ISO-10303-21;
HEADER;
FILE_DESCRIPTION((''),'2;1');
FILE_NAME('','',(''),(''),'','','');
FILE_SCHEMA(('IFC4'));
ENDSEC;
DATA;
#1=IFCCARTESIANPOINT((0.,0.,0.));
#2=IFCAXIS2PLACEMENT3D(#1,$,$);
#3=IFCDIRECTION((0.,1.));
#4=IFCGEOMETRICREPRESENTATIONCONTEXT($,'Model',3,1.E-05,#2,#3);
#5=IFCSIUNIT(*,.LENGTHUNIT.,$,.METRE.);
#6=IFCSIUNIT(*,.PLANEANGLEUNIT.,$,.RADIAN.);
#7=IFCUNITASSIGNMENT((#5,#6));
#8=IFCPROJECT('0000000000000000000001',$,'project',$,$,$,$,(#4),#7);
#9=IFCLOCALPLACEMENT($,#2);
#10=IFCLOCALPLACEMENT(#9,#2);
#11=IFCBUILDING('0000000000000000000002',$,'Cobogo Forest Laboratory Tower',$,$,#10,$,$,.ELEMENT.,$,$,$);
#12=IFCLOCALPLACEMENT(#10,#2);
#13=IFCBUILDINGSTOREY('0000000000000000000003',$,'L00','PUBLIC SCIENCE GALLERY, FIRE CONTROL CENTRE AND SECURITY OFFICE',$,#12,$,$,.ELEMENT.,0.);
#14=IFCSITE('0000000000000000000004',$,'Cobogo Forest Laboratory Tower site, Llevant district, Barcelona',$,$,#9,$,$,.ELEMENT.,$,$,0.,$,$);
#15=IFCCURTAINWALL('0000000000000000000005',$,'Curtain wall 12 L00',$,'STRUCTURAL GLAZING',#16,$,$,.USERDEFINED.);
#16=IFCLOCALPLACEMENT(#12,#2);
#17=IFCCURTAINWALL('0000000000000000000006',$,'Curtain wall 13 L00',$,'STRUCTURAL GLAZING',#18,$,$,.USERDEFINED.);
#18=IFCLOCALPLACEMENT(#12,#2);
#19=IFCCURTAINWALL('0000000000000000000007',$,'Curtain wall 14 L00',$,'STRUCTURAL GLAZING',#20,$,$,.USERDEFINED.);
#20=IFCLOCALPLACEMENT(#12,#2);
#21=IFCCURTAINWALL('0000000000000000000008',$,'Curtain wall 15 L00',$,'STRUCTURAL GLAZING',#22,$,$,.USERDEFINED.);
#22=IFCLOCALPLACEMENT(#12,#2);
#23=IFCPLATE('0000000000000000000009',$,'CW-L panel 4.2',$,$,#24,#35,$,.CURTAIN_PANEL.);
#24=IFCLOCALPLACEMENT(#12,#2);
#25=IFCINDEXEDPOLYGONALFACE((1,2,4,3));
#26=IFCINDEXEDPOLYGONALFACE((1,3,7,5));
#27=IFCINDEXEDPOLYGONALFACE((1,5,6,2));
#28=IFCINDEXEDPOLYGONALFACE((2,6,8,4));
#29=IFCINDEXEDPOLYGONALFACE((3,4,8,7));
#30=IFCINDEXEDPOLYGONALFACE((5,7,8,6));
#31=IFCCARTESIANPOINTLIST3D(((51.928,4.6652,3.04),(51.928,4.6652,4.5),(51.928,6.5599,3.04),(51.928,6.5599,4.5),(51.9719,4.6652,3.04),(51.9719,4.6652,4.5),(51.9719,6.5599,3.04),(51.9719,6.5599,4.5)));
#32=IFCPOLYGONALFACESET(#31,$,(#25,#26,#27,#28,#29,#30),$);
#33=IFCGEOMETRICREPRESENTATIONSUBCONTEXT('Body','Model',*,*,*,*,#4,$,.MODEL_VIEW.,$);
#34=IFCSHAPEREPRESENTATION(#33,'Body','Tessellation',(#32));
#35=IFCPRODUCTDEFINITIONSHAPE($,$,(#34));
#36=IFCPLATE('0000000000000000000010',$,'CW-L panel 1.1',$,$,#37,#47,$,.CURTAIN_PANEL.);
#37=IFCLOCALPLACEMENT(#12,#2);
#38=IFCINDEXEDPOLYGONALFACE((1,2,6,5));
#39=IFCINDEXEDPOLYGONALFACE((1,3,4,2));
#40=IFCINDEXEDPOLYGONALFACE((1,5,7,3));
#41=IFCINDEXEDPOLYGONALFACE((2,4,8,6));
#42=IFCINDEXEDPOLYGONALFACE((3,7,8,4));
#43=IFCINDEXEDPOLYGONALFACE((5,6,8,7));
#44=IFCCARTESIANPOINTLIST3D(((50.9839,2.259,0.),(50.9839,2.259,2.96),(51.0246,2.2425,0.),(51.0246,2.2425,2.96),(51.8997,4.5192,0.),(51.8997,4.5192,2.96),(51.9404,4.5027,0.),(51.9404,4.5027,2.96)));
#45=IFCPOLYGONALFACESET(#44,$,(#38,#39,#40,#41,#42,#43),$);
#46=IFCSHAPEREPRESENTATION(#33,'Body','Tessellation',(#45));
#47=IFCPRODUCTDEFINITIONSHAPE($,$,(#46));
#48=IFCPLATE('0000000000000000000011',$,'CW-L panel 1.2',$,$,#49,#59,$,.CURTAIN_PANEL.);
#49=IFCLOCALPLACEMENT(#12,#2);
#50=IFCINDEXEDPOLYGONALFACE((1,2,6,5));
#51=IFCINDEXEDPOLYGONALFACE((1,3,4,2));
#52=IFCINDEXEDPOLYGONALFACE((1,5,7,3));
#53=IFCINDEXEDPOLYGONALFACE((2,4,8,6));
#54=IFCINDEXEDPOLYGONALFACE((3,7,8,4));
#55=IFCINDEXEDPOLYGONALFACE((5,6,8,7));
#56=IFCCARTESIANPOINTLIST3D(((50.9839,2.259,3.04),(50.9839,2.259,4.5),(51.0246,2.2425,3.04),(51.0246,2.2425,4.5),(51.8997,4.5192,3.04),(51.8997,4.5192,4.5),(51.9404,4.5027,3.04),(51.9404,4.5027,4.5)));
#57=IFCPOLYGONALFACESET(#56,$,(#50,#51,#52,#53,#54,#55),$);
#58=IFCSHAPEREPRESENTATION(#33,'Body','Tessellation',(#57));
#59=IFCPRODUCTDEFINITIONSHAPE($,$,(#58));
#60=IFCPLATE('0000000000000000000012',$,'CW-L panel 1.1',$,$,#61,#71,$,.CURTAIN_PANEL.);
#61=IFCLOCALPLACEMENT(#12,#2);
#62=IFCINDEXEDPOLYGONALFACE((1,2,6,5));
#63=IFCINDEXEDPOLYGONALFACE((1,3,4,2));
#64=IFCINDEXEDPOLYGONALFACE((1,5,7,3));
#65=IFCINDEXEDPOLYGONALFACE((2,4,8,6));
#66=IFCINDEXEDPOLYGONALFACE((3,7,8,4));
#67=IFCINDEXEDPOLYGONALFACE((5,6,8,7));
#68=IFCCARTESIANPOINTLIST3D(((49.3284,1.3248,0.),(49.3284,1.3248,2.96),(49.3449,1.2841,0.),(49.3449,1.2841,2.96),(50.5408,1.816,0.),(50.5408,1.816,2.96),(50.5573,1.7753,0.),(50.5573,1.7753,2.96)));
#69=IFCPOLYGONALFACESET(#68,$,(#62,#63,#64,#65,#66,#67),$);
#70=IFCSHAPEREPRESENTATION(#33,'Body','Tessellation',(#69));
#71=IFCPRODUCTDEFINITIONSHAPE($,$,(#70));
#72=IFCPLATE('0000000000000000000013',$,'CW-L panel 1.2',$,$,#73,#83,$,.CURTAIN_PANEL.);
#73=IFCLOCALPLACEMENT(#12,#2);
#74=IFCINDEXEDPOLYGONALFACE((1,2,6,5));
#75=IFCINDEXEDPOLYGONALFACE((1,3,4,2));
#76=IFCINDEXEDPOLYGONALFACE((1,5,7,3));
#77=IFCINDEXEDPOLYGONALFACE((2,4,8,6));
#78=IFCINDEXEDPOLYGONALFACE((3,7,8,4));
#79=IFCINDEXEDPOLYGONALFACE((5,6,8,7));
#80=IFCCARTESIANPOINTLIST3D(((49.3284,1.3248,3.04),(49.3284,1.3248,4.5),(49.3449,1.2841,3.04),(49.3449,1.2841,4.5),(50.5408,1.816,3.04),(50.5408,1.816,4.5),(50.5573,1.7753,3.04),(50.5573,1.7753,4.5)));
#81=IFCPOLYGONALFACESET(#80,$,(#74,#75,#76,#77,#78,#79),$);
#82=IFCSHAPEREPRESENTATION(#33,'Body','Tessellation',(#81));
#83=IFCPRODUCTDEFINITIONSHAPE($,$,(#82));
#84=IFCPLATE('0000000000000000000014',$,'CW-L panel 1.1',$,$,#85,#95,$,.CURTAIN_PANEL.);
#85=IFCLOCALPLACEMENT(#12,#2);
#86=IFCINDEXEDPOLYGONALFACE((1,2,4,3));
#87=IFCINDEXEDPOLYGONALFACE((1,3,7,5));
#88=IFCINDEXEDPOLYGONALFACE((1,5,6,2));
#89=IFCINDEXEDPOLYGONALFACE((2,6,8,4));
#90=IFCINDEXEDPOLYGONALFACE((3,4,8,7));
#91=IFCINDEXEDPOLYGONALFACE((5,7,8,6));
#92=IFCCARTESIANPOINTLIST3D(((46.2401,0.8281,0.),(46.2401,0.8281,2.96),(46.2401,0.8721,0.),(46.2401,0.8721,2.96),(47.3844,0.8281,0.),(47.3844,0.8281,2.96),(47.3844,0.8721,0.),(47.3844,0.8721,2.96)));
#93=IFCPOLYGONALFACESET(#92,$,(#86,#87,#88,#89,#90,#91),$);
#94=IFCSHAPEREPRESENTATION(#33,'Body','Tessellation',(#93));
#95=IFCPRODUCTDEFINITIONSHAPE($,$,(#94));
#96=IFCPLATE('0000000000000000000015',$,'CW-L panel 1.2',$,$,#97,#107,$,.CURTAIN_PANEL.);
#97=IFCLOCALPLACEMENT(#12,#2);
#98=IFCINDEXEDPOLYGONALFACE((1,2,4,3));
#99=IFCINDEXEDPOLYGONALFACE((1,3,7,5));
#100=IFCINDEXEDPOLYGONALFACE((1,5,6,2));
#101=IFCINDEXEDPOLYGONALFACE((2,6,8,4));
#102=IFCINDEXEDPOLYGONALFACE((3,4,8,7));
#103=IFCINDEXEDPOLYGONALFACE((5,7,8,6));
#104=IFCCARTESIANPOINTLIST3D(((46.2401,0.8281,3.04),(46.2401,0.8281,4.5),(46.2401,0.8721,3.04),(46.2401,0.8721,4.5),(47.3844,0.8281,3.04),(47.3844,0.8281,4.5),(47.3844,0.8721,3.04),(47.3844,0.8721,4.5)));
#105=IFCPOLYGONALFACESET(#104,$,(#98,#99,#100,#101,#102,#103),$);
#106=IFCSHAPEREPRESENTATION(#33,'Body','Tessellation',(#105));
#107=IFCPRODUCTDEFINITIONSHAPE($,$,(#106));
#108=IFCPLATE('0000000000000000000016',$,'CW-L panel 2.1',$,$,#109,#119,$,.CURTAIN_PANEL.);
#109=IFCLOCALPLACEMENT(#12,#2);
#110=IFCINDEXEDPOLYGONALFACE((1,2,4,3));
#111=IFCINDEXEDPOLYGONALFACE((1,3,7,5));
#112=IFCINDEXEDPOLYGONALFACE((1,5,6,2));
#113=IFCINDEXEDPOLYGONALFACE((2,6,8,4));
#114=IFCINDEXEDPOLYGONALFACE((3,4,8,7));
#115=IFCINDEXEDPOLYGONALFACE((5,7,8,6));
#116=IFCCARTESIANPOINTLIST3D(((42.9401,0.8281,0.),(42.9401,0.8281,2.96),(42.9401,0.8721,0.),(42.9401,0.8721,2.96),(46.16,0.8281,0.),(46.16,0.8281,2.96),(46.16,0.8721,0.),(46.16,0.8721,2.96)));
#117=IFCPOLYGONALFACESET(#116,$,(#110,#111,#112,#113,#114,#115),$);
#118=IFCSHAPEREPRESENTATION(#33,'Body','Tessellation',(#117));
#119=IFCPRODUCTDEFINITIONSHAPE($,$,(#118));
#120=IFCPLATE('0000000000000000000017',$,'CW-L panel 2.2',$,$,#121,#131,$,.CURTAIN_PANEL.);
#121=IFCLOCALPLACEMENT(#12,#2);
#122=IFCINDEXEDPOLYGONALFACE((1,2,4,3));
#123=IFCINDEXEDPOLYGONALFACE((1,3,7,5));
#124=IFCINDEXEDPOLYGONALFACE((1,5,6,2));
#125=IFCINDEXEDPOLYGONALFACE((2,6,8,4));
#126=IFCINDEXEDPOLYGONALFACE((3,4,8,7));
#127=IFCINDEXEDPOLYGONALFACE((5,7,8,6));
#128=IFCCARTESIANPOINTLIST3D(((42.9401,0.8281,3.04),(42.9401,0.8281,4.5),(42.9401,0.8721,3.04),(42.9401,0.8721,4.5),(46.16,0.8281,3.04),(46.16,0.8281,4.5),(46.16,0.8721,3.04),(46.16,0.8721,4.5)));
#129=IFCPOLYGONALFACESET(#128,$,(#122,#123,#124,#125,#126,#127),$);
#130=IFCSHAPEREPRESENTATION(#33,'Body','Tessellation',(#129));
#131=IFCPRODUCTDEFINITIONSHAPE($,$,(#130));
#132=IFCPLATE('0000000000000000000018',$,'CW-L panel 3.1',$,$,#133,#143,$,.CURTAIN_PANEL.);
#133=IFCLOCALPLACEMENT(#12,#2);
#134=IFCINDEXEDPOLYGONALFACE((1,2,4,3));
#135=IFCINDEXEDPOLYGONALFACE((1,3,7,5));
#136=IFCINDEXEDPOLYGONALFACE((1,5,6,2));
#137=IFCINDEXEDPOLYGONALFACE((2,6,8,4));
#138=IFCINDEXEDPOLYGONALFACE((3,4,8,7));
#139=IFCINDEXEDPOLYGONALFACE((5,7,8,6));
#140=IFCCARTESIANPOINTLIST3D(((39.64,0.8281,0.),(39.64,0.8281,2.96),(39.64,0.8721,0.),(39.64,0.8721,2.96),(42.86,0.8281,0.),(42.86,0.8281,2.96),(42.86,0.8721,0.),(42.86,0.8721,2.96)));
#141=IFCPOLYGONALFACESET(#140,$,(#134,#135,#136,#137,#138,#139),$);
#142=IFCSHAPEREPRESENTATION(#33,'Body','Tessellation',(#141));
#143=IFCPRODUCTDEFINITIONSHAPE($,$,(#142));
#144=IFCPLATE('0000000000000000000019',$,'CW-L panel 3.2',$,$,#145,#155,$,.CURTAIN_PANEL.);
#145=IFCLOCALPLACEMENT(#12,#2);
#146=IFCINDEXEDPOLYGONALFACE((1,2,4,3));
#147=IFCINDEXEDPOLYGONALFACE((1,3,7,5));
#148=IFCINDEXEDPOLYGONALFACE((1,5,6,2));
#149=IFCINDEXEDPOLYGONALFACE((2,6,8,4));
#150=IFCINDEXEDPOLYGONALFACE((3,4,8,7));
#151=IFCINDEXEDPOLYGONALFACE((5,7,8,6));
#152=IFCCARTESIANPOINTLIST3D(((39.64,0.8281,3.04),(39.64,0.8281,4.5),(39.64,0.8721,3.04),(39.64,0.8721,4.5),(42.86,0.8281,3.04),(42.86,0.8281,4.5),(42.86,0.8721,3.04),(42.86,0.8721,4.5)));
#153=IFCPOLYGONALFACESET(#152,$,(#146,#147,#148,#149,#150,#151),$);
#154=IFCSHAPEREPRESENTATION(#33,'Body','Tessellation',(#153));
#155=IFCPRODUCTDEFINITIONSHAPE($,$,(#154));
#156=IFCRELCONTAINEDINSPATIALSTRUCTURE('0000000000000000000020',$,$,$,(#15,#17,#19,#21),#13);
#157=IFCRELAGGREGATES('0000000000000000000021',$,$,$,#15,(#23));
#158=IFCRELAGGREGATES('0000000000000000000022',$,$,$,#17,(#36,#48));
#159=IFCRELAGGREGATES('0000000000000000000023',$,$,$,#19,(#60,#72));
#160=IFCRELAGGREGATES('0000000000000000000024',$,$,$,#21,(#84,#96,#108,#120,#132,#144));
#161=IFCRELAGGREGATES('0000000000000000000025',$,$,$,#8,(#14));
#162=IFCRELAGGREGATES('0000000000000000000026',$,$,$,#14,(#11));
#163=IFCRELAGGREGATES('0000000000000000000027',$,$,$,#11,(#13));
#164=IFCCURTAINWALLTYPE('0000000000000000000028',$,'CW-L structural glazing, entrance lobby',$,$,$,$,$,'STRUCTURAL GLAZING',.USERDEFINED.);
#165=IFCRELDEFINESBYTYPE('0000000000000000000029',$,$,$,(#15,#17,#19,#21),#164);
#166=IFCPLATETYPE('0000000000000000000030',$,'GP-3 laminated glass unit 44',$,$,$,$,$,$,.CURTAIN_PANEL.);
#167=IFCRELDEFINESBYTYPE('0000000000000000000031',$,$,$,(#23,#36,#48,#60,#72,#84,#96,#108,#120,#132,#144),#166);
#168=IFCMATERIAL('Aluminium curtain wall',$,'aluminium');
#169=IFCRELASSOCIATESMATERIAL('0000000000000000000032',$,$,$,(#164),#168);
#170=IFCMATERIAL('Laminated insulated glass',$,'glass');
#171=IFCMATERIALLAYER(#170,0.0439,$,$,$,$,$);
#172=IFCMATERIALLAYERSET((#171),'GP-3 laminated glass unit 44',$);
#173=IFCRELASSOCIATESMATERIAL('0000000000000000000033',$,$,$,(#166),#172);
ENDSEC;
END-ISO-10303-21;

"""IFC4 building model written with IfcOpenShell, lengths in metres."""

from ifc_helpers import new_model, si_unit, direction, frame, origin, origin_2d, place, context, subcontext, project, spatial, rectangle, extrude, material, layer, layer_set, type_object, element, aggregate, save


model = new_model("IFC4")

# Units and contexts
model_context = context("Model", 3, precision=1e-05, world=origin(), true_north=direction((0.0, 1.0)))
body_context = subcontext(model_context, "Body", "Model", "MODEL_VIEW")
ifc_project = project(units=[si_unit("LENGTHUNIT", "METRE"), si_unit("PLANEANGLEUNIT", "RADIAN")], contexts=[model_context])

# Site, building, storey
site_placement = place(None, origin())
site = spatial("IfcSite", under=ifc_project, at=site_placement, Name="Cobogo Forest Laboratory Tower site, Llevant district, Barcelona", CompositionType="ELEMENT", RefElevation=0.0)
building_placement = place(site_placement, origin())
building = spatial("IfcBuilding", under=site, at=building_placement, Name="Cobogo Forest Laboratory Tower", CompositionType="ELEMENT")
storey_placement = place(building_placement, origin())
storey = spatial("IfcBuildingStorey", under=building, at=storey_placement, Name="L00", Description="PUBLIC SCIENCE GALLERY, FIRE CONTROL CENTRE AND SECURITY OFFICE", CompositionType="ELEMENT", Elevation=0.0)

# Curtain wall
ifc_material_1 = material(Name="Aluminium curtain wall", Category="aluminium")
curtain_wall_type = type_object("IfcCurtainWallType", Name="CW-L structural glazing, entrance lobby", ElementType="STRUCTURAL GLAZING", PredefinedType="USERDEFINED", material=ifc_material_1)
curtain_wall_1_placement = place(storey_placement, origin())
curtain_wall_1 = element("IfcCurtainWall", 1, at=curtain_wall_1_placement, inside=storey, type_object=curtain_wall_type, Name="Curtain wall 12 L00", ObjectType="STRUCTURAL GLAZING", PredefinedType="USERDEFINED")

# Curtain walls
curtain_wall_2_placement = place(storey_placement, origin())
curtain_wall_2 = element("IfcCurtainWall", 2, at=curtain_wall_2_placement, inside=storey, type_object=curtain_wall_type, Name="Curtain wall 13 L00", ObjectType="STRUCTURAL GLAZING", PredefinedType="USERDEFINED")
curtain_wall_3_placement = place(storey_placement, origin())
curtain_wall_3 = element("IfcCurtainWall", 3, at=curtain_wall_3_placement, inside=storey, type_object=curtain_wall_type, Name="Curtain wall 14 L00", ObjectType="STRUCTURAL GLAZING", PredefinedType="USERDEFINED")
curtain_wall_4_placement = place(storey_placement, origin())
curtain_wall_4 = element("IfcCurtainWall", 4, at=curtain_wall_4_placement, inside=storey, type_object=curtain_wall_type, Name="Curtain wall 15 L00", ObjectType="STRUCTURAL GLAZING", PredefinedType="USERDEFINED")

# Plates
ifc_material_2 = material(Name="Laminated insulated glass", Category="glass")
ifc_layer = layer(ifc_material_2, 0.0439)
ifc_layer_set = layer_set([ifc_layer], Name="GP-3 laminated glass unit 44")
plate_type = type_object("IfcPlateType", Name="GP-3 laminated glass unit 44", PredefinedType="CURTAIN_PANEL", material=ifc_layer_set)
plate_1_placement = place(storey_placement, frame((51.95, 5.6125, 3.04), z_axis=(0.0, 0.0, 1.0), x_axis=(0.0, -1.0, 0.0)))
plate_1 = element("IfcPlate", 5, at=plate_1_placement, type_object=plate_type, Name="CW-L panel 4.2", PredefinedType="CURTAIN_PANEL", context=body_context, shape_type="SweptSolid", body=[
    extrude(rectangle(XDim=1.8948, YDim=0.0439, at=origin_2d()), origin(), (0.0, 0.0, 1.0), 1.46),
])
aggregate(curtain_wall_1, [plate_1])
plate_2_placement = place(storey_placement, frame((51.4622, 3.3809, 0.0), z_axis=(0.0, 0.0, 1.0), x_axis=(-0.375507, -0.92682, 0.0)))
plate_2 = element("IfcPlate", 6, at=plate_2_placement, type_object=plate_type, Name="CW-L panel 1.1", PredefinedType="CURTAIN_PANEL", context=body_context, shape_type="SweptSolid", body=[
    extrude(rectangle(XDim=2.4387, YDim=0.0439, at=origin_2d()), origin(), (0.0, 0.0, 1.0), 2.96),
])
plate_3_placement = place(storey_placement, frame((51.4622, 3.3809, 3.04), z_axis=(0.0, 0.0, 1.0), x_axis=(-0.375507, -0.92682, 0.0)))
plate_3 = element("IfcPlate", 7, at=plate_3_placement, type_object=plate_type, Name="CW-L panel 1.2", PredefinedType="CURTAIN_PANEL", context=body_context, shape_type="SweptSolid", body=[
    extrude(rectangle(XDim=2.4387, YDim=0.0439, at=origin_2d()), origin(), (0.0, 0.0, 1.0), 1.46),
])
aggregate(curtain_wall_2, [plate_2, plate_3])
plate_4_placement = place(storey_placement, frame((49.9429, 1.55, 0.0), z_axis=(0.0, 0.0, 1.0), x_axis=(-0.92682, -0.375507, 0.0)))
plate_4 = element("IfcPlate", 8, at=plate_4_placement, type_object=plate_type, Name="CW-L panel 1.1", PredefinedType="CURTAIN_PANEL", context=body_context, shape_type="SweptSolid", body=[
    extrude(rectangle(XDim=1.3081, YDim=0.0439, at=origin_2d()), origin(), (0.0, 0.0, 1.0), 2.96),
])
plate_5_placement = place(storey_placement, frame((49.9429, 1.55, 3.04), z_axis=(0.0, 0.0, 1.0), x_axis=(-0.92682, -0.375507, 0.0)))
plate_5 = element("IfcPlate", 9, at=plate_5_placement, type_object=plate_type, Name="CW-L panel 1.2", PredefinedType="CURTAIN_PANEL", context=body_context, shape_type="SweptSolid", body=[
    extrude(rectangle(XDim=1.3081, YDim=0.0439, at=origin_2d()), origin(), (0.0, 0.0, 1.0), 1.46),
])
aggregate(curtain_wall_3, [plate_4, plate_5])
plate_6_placement = place(storey_placement, frame((46.8123, 0.8501, 0.0), z_axis=(0.0, 0.0, 1.0), x_axis=(-1.0, 0.0, 0.0)))
plate_6 = element("IfcPlate", 10, at=plate_6_placement, type_object=plate_type, Name="CW-L panel 1.1", PredefinedType="CURTAIN_PANEL", context=body_context, shape_type="SweptSolid", body=[
    extrude(rectangle(XDim=1.1443, YDim=0.0439, at=origin_2d()), origin(), (0.0, 0.0, 1.0), 2.96),
])
plate_7_placement = place(storey_placement, frame((46.8123, 0.8501, 3.04), z_axis=(0.0, 0.0, 1.0), x_axis=(-1.0, 0.0, 0.0)))
plate_7 = element("IfcPlate", 11, at=plate_7_placement, type_object=plate_type, Name="CW-L panel 1.2", PredefinedType="CURTAIN_PANEL", context=body_context, shape_type="SweptSolid", body=[
    extrude(rectangle(XDim=1.1443, YDim=0.0439, at=origin_2d()), origin(), (0.0, 0.0, 1.0), 1.46),
])
plate_8_placement = place(storey_placement, frame((44.55, 0.8501, 0.0), z_axis=(0.0, 0.0, 1.0), x_axis=(-1.0, 0.0, 0.0)))
plate_8 = element("IfcPlate", 12, at=plate_8_placement, type_object=plate_type, Name="CW-L panel 2.1", PredefinedType="CURTAIN_PANEL", context=body_context, shape_type="SweptSolid", body=[
    extrude(rectangle(XDim=3.22, YDim=0.0439, at=origin_2d()), origin(), (0.0, 0.0, 1.0), 2.96),
])
plate_9_placement = place(storey_placement, frame((44.55, 0.8501, 3.04), z_axis=(0.0, 0.0, 1.0), x_axis=(-1.0, 0.0, 0.0)))
plate_9 = element("IfcPlate", 13, at=plate_9_placement, type_object=plate_type, Name="CW-L panel 2.2", PredefinedType="CURTAIN_PANEL", context=body_context, shape_type="SweptSolid", body=[
    extrude(rectangle(XDim=3.22, YDim=0.0439, at=origin_2d()), origin(), (0.0, 0.0, 1.0), 1.46),
])
plate_10_placement = place(storey_placement, frame((41.25, 0.8501, 0.0), z_axis=(0.0, 0.0, 1.0), x_axis=(-1.0, 0.0, 0.0)))
plate_10 = element("IfcPlate", 14, at=plate_10_placement, type_object=plate_type, Name="CW-L panel 3.1", PredefinedType="CURTAIN_PANEL", context=body_context, shape_type="SweptSolid", body=[
    extrude(rectangle(XDim=3.22, YDim=0.0439, at=origin_2d()), origin(), (0.0, 0.0, 1.0), 2.96),
])
plate_11_placement = place(storey_placement, frame((41.25, 0.8501, 3.04), z_axis=(0.0, 0.0, 1.0), x_axis=(-1.0, 0.0, 0.0)))
plate_11 = element("IfcPlate", 15, at=plate_11_placement, type_object=plate_type, Name="CW-L panel 3.2", PredefinedType="CURTAIN_PANEL", context=body_context, shape_type="SweptSolid", body=[
    extrude(rectangle(XDim=3.22, YDim=0.0439, at=origin_2d()), origin(), (0.0, 0.0, 1.0), 1.46),
])
aggregate(curtain_wall_4, [plate_6, plate_7, plate_8, plate_9, plate_10, plate_11])

save(model, "model.ifc")
